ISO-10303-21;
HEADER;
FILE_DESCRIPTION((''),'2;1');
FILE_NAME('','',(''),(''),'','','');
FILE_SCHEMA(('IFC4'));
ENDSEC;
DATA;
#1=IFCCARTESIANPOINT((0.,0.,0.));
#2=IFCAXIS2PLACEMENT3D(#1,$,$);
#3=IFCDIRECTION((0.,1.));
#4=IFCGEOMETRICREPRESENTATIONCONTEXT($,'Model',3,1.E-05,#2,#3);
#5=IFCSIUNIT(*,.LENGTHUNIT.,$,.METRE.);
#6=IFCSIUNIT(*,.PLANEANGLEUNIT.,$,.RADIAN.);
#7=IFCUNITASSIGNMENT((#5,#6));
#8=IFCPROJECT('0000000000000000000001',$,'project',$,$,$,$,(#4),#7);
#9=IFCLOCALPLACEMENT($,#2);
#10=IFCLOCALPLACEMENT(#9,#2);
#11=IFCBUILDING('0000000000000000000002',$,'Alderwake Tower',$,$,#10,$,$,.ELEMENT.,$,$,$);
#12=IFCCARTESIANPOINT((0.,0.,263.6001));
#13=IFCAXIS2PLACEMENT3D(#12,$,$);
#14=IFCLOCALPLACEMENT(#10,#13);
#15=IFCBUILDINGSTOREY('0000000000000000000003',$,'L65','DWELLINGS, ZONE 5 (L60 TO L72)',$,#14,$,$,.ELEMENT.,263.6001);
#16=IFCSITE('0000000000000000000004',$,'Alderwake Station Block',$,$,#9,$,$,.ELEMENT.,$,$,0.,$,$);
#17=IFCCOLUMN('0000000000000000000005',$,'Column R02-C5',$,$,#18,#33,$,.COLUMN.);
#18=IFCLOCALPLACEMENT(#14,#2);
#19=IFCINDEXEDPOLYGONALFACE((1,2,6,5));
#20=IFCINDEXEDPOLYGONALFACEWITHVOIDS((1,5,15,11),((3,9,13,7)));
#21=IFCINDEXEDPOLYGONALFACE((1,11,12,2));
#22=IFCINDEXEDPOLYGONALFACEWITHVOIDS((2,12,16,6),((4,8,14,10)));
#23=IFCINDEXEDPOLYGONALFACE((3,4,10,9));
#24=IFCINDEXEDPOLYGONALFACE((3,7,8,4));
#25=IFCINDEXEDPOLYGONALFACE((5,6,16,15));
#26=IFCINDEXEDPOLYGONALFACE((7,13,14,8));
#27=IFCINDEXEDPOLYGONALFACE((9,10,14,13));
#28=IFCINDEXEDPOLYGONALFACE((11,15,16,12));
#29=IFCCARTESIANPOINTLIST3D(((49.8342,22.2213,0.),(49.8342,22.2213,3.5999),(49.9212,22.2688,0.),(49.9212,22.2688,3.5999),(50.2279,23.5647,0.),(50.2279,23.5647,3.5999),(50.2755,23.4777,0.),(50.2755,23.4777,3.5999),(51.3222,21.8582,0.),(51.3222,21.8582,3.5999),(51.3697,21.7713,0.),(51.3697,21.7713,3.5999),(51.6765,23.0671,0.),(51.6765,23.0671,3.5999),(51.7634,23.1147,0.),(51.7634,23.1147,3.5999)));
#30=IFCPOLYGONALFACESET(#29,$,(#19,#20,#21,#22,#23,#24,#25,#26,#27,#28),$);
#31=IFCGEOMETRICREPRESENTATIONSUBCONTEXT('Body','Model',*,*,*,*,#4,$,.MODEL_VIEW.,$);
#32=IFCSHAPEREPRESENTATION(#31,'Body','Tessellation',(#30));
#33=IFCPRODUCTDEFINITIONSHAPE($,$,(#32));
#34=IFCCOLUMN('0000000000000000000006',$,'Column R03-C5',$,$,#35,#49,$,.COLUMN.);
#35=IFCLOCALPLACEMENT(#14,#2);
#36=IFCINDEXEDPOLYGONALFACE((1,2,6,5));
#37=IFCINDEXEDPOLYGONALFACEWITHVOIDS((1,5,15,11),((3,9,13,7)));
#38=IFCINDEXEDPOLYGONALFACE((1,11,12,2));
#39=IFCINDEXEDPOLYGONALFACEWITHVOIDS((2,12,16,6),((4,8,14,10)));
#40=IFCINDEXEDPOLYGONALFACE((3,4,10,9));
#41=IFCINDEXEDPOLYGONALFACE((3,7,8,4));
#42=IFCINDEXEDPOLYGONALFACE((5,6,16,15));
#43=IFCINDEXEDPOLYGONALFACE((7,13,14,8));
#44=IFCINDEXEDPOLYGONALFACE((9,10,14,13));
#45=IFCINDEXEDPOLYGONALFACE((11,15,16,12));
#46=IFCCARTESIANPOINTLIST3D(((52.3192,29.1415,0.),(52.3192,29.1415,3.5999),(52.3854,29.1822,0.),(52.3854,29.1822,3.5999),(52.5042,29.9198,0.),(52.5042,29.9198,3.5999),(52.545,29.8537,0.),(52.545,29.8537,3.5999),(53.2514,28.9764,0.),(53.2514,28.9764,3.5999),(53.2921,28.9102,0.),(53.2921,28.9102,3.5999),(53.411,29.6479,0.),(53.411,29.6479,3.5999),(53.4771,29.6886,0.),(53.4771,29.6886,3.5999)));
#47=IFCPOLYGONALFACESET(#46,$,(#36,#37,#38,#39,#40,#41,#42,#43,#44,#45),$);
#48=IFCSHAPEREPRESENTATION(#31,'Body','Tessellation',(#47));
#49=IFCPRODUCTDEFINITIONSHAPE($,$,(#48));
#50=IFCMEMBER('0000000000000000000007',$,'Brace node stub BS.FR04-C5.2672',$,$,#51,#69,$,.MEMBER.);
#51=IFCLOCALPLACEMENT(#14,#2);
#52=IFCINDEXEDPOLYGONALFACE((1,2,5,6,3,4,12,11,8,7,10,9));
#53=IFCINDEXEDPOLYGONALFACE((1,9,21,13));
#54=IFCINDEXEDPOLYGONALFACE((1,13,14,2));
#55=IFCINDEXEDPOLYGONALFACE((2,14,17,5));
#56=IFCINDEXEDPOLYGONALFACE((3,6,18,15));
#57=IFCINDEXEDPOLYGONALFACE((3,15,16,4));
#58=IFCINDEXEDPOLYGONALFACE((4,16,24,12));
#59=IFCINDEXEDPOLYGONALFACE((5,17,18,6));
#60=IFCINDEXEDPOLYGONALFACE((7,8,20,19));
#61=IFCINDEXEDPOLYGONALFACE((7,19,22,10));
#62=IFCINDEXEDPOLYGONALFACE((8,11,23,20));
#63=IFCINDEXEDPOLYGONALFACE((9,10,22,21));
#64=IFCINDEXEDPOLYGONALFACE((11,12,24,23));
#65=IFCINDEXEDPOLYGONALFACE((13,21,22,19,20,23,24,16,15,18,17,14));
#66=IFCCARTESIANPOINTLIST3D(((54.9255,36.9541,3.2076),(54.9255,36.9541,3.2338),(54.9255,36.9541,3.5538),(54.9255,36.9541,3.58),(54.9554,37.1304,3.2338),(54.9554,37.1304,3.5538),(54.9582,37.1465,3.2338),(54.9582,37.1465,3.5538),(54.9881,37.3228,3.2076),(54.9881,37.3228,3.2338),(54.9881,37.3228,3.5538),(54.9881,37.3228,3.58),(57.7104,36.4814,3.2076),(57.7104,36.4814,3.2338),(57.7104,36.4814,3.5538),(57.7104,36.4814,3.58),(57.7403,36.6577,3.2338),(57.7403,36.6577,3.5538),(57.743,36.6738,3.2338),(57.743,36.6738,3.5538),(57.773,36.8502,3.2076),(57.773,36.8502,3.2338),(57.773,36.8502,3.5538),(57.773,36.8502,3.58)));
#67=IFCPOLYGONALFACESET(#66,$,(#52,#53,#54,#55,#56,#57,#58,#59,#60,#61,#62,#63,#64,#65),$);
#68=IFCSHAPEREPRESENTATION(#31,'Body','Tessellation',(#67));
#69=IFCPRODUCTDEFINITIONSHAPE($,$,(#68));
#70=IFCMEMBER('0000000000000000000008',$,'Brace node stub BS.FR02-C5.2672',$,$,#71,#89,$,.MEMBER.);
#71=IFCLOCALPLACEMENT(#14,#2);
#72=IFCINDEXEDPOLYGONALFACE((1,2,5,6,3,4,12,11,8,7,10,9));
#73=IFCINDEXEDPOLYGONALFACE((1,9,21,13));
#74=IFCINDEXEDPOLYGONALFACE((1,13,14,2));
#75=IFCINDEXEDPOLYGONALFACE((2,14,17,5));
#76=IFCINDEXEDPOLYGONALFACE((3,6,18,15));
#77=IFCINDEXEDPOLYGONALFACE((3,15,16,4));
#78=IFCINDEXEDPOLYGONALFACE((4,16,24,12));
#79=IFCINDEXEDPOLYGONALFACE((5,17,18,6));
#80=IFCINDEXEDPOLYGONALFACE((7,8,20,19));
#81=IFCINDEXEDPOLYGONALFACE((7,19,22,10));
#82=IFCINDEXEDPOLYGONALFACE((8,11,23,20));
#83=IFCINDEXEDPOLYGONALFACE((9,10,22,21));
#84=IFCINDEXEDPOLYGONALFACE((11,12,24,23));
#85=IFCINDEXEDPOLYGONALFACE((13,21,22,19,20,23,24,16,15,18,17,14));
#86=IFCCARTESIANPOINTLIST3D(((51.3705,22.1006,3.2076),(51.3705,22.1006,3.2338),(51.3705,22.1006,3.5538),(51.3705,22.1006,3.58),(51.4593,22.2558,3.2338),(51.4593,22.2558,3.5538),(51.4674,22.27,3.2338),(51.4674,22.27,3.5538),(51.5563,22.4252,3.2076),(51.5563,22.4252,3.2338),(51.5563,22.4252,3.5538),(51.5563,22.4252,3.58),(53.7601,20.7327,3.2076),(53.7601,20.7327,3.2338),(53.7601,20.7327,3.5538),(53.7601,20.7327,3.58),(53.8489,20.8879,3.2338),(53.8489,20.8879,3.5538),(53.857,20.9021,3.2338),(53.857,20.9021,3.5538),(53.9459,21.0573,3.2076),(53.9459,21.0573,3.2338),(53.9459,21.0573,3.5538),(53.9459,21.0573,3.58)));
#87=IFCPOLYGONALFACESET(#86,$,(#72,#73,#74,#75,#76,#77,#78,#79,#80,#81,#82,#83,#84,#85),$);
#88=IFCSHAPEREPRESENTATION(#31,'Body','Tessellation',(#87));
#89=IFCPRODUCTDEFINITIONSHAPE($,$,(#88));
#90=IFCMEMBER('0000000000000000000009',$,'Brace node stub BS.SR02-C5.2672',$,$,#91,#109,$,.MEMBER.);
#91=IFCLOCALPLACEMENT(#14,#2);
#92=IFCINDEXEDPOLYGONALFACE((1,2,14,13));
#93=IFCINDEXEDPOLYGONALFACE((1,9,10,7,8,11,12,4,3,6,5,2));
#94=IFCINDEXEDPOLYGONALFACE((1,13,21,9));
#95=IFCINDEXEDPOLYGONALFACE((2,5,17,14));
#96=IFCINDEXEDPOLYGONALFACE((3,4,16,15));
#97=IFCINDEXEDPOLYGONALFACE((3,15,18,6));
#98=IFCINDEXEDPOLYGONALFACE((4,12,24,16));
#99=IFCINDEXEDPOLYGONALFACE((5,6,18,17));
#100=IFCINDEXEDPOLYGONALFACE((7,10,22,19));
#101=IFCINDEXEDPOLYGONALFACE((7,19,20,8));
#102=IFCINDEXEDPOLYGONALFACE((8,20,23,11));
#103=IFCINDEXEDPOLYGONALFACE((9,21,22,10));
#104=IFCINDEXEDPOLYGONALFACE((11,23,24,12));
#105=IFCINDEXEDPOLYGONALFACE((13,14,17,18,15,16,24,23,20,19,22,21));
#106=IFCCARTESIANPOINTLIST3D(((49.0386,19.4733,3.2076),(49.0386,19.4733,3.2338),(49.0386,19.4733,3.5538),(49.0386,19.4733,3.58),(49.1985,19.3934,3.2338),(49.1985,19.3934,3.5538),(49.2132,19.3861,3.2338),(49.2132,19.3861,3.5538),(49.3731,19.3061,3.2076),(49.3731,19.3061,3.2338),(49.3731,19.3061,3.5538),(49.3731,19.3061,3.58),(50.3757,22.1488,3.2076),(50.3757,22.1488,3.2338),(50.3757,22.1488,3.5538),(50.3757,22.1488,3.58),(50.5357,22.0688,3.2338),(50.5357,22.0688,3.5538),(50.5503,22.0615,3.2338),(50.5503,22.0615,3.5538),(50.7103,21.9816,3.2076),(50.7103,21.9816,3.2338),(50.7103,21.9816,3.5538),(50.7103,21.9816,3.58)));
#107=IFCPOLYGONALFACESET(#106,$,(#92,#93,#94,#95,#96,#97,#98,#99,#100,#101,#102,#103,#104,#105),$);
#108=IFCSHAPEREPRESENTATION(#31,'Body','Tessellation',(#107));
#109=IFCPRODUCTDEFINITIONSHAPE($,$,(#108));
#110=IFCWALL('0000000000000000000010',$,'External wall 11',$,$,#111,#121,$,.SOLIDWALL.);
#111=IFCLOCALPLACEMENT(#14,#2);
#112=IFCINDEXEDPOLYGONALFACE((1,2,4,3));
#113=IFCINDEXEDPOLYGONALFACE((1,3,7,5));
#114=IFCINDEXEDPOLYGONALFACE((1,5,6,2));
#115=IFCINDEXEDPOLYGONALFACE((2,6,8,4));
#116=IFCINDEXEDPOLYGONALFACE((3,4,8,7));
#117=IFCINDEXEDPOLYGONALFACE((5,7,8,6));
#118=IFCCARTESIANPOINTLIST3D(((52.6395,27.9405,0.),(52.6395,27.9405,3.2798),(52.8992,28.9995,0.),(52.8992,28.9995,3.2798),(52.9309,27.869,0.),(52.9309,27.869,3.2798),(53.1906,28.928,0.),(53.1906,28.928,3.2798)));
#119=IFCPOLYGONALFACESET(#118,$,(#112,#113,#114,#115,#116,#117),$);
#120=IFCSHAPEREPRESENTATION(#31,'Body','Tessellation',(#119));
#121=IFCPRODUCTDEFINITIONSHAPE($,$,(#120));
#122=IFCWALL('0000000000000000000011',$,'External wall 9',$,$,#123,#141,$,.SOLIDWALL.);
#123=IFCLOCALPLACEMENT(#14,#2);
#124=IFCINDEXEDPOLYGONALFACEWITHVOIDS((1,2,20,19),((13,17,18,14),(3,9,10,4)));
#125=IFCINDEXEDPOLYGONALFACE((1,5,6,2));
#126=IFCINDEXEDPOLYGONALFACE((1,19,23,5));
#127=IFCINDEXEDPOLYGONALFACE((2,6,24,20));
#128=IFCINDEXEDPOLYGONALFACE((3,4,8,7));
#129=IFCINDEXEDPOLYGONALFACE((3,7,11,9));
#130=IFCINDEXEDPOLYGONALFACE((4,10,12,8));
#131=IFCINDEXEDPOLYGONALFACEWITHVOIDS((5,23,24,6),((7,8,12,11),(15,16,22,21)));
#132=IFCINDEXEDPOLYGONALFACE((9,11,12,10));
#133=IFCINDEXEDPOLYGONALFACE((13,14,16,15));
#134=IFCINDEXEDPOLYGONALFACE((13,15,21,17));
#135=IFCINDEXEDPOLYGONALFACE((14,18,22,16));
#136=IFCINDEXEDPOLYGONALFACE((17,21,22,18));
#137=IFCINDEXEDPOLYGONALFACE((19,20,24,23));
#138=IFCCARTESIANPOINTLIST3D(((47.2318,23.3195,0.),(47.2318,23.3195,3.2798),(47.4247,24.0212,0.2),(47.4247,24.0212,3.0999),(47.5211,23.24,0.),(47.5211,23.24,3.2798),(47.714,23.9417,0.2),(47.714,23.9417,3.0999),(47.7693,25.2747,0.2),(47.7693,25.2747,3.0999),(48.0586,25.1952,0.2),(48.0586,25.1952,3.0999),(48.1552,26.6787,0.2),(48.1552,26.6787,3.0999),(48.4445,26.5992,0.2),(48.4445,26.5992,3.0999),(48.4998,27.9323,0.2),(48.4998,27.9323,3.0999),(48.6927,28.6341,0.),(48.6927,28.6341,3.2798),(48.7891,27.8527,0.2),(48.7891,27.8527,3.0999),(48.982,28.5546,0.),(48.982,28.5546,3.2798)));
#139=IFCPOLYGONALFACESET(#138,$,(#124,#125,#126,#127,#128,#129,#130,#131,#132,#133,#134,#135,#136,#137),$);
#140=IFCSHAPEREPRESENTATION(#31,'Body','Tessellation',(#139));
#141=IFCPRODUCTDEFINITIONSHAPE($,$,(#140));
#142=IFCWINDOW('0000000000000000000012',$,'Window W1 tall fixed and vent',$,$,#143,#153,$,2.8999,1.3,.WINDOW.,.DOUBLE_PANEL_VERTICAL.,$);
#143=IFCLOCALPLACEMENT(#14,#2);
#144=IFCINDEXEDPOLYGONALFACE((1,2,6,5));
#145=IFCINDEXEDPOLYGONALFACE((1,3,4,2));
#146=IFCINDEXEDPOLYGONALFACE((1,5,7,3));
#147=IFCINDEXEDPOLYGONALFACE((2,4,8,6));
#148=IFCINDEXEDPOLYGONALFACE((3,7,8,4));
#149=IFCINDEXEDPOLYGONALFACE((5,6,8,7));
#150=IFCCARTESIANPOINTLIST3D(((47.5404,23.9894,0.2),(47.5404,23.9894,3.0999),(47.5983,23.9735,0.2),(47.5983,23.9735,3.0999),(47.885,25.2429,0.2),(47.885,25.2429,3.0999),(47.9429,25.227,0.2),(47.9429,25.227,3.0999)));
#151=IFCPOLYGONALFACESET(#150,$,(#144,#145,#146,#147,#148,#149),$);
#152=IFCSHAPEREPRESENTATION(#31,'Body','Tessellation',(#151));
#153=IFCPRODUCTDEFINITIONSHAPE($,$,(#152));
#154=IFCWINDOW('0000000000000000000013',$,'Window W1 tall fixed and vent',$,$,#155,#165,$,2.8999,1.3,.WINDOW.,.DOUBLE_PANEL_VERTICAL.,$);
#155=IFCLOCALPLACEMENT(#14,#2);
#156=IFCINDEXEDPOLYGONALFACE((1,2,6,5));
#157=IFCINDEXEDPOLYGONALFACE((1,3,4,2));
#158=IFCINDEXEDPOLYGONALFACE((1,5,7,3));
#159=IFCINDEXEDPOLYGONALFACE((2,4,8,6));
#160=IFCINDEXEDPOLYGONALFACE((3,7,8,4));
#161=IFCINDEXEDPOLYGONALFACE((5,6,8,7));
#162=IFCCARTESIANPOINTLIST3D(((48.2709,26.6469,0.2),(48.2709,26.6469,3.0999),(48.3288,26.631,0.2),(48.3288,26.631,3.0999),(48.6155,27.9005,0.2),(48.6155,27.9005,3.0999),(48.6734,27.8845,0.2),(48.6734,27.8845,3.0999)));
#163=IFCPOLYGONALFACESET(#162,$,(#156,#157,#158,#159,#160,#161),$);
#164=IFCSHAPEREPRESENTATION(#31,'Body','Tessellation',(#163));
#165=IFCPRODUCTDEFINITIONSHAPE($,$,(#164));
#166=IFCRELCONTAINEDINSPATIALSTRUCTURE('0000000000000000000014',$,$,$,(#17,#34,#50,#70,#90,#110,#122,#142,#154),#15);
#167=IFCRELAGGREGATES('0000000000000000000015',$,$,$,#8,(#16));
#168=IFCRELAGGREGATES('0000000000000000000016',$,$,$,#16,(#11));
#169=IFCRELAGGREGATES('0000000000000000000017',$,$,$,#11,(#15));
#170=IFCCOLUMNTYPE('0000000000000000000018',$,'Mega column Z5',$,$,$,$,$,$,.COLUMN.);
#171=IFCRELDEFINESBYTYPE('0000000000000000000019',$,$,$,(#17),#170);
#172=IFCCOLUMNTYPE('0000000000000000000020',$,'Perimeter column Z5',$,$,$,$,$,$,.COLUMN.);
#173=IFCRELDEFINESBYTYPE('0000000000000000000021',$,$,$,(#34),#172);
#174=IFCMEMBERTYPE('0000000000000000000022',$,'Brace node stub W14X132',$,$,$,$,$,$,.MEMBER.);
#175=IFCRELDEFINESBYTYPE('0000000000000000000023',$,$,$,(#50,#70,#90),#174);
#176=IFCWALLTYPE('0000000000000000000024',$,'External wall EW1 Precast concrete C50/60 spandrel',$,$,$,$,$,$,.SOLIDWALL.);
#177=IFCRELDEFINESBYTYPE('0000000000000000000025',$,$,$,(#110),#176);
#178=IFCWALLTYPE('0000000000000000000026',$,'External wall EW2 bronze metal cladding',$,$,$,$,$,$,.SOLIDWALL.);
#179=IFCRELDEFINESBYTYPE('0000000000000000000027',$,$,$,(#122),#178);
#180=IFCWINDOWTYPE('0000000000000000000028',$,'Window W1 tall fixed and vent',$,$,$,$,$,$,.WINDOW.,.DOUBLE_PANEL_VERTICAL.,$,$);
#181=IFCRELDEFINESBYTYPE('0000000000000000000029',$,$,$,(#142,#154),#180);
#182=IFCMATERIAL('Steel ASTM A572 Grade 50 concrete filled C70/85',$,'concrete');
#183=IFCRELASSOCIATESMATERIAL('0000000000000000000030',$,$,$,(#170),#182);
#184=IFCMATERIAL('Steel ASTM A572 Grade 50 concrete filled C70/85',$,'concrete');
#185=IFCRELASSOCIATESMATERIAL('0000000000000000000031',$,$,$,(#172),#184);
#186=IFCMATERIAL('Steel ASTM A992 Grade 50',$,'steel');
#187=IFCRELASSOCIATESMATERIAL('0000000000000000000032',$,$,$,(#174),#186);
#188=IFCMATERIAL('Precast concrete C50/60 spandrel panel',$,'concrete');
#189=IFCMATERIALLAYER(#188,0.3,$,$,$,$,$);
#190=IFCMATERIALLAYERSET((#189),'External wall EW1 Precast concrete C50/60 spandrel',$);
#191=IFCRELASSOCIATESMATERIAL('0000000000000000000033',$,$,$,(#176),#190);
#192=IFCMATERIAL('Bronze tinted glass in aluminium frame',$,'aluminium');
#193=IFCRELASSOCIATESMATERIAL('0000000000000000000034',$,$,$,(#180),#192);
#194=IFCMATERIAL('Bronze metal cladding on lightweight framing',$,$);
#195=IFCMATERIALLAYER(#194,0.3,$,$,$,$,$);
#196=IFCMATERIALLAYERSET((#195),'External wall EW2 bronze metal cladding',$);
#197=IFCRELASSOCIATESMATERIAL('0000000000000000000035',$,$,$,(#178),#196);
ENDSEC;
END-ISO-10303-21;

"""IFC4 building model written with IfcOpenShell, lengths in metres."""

from ifc_helpers import new_model, si_unit, direction, frame, frame_2d, origin, origin_2d, place, context, subcontext, project, spatial, rectangle, hollow_rectangle, i_section, extrude, material, layer, layer_set, material_profile, profile_set, type_object, element, fill, save


model = new_model("IFC4")

# Units and contexts
model_context = context("Model", 3, precision=1e-05, world=origin(), true_north=direction((0.0, 1.0)))
body_context = subcontext(model_context, "Body", "Model", "MODEL_VIEW")
ifc_project = project(units=[si_unit("LENGTHUNIT", "METRE"), si_unit("PLANEANGLEUNIT", "RADIAN")], contexts=[model_context])

# Site, building, storey
site_placement = place(None, origin())
site = spatial("IfcSite", under=ifc_project, at=site_placement, Name="Alderwake Station Block", CompositionType="ELEMENT", RefElevation=0.0)
building_placement = place(site_placement, origin())
building = spatial("IfcBuilding", under=site, at=building_placement, Name="Alderwake Tower", CompositionType="ELEMENT")
storey_placement = place(building_placement, frame((0.0, 0.0, 263.6001)))
storey = spatial("IfcBuildingStorey", under=building, at=storey_placement, Name="L65", Description="DWELLINGS, ZONE 5 (L60 TO L72)", CompositionType="ELEMENT", Elevation=263.6001)

# Columns
ifc_material_1 = material(Name="Steel ASTM A572 Grade 50 concrete filled C70/85", Category="concrete")
ifc_material_profile_1 = material_profile(ifc_material_1, hollow_rectangle(XDim=1.3999, YDim=1.6001, WallThickness=0.0701, at=origin_2d()), Name="BOX 1600X1400X70")
ifc_profile_set_1 = profile_set([ifc_material_profile_1], Name="Steel ASTM A572 Grade 50 concrete filled C70/85")
column_type_1 = type_object("IfcColumnType", Name="Mega column Z5", PredefinedType="COLUMN", material=ifc_profile_set_1)
column_1_placement = place(storey_placement, frame((50.7988, 22.668, 0.0), z_axis=(0.0, 0.0, 1.0), x_axis=(0.281233, 0.95964, 0.0)))
element("IfcColumn", 1, at=column_1_placement, inside=storey, type_object=column_type_1, Name="Column R02-C5", PredefinedType="COLUMN", context=body_context, shape_type="SweptSolid", body=[
    extrude(hollow_rectangle(XDim=1.3999, YDim=1.6001, WallThickness=0.0701, at=origin_2d()), origin(), (0.0, 0.0, 1.0), 3.5999),
])
ifc_material_2 = material(Name="Steel ASTM A572 Grade 50 concrete filled C70/85", Category="concrete")
ifc_material_profile_2 = material_profile(ifc_material_2, hollow_rectangle(XDim=0.8, YDim=1.0, WallThickness=0.0549, at=origin_2d()), Name="BOX 1000X800X55")
ifc_profile_set_2 = profile_set([ifc_material_profile_2], Name="Steel ASTM A572 Grade 50 concrete filled C70/85")
column_type_2 = type_object("IfcColumnType", Name="Perimeter column Z5", PredefinedType="COLUMN", material=ifc_profile_set_2)
column_2_placement = place(storey_placement, frame((52.8982, 29.415, 0.0), z_axis=(0.0, 0.0, 1.0), x_axis=(0.231222, 0.972901, 0.0)))
element("IfcColumn", 2, at=column_2_placement, inside=storey, type_object=column_type_2, Name="Column R03-C5", PredefinedType="COLUMN", context=body_context, shape_type="SweptSolid", body=[
    extrude(hollow_rectangle(XDim=0.8, YDim=1.0, WallThickness=0.0549, at=origin_2d()), origin(), (0.0, 0.0, 1.0), 3.5999),
])

# Members
ifc_material_3 = material(Name="Steel ASTM A992 Grade 50", Category="steel")
ifc_material_profile_3 = material_profile(ifc_material_3, i_section(OverallWidth=0.374, OverallDepth=0.3723, WebThickness=0.0164, FlangeThickness=0.0261, at=origin_2d()), Name="W14X132")
ifc_profile_set_3 = profile_set([ifc_material_profile_3], Name="Steel ASTM A992 Grade 50")
member_type = type_object("IfcMemberType", Name="Brace node stub W14X132", PredefinedType="MEMBER", material=ifc_profile_set_3)
member_1_placement = place(storey_placement, frame((54.9568, 37.1384, 3.3938), z_axis=(0.985901, -0.167328, 0.0), x_axis=(0.167328, 0.985901, 0.0)))
element("IfcMember", 3, at=member_1_placement, inside=storey, type_object=member_type, Name="Brace node stub BS.FR04-C5.2672", PredefinedType="MEMBER", context=body_context, shape_type="SweptSolid", body=[
    extrude(i_section(OverallWidth=0.374, OverallDepth=0.3723, WebThickness=0.0164, FlangeThickness=0.0261, at=origin_2d()), origin(), (0.0, 0.0, 1.0), 2.8247),
])
member_2_placement = place(storey_placement, frame((51.4634, 22.2629, 3.3938), z_axis=(0.867866, -0.496798, 0.0), x_axis=(0.496798, 0.867866, 0.0)))
element("IfcMember", 4, at=member_2_placement, inside=storey, type_object=member_type, Name="Brace node stub BS.FR02-C5.2672", PredefinedType="MEMBER", context=body_context, shape_type="SweptSolid", body=[
    extrude(i_section(OverallWidth=0.374, OverallDepth=0.3723, WebThickness=0.0164, FlangeThickness=0.0261, at=origin_2d()), origin(), (0.0, 0.0, 1.0), 2.7534),
])
member_3_placement = place(storey_placement, frame((50.543, 22.0652, 3.3938), z_axis=(-0.44705, -0.894509, 0.0), x_axis=(0.894509, -0.44705, 0.0)))
element("IfcMember", 5, at=member_3_placement, inside=storey, type_object=member_type, Name="Brace node stub BS.SR02-C5.2672", PredefinedType="MEMBER", context=body_context, shape_type="SweptSolid", body=[
    extrude(i_section(OverallWidth=0.374, OverallDepth=0.3723, WebThickness=0.0164, FlangeThickness=0.0261, at=origin_2d()), origin(), (0.0, 0.0, 1.0), 2.991),
])

# Wall
ifc_material_4 = material(Name="Precast concrete C50/60 spandrel panel", Category="concrete")
ifc_layer_1 = layer(ifc_material_4, 0.3)
ifc_layer_set_1 = layer_set([ifc_layer_1], Name="External wall EW1 Precast concrete C50/60 spandrel")
wall_type_1 = type_object("IfcWallType", Name="External wall EW1 Precast concrete C50/60 spandrel", PredefinedType="SOLIDWALL", material=ifc_layer_set_1)
wall_1_placement = place(storey_placement, frame((52.7852, 27.9048, 0.0), z_axis=(0.0, 0.0, 1.0), x_axis=(0.238265, 0.9712, 0.0)))
element("IfcWall", 6, at=wall_1_placement, inside=storey, type_object=wall_type_1, Name="External wall 11", PredefinedType="SOLIDWALL", context=body_context, shape_type="SweptSolid", body=[
    extrude(rectangle(XDim=1.0903, YDim=0.3, at=frame_2d((0.5452, 0.0))), origin(), (0.0, 0.0, 1.0), 3.2798),
])

# Shared definitions
ifc_material_5 = material(Name="Bronze tinted glass in aluminium frame", Category="aluminium")
window_type = type_object("IfcWindowType", Name="Window W1 tall fixed and vent", PartitioningType="DOUBLE_PANEL_VERTICAL", PredefinedType="WINDOW", material=ifc_material_5)

# Wall, openings, windows
ifc_material_6 = material(Name="Bronze metal cladding on lightweight framing")
ifc_layer_2 = layer(ifc_material_6, 0.3)
ifc_layer_set_2 = layer_set([ifc_layer_2], Name="External wall EW2 bronze metal cladding")
wall_type_2 = type_object("IfcWallType", Name="External wall EW2 bronze metal cladding", PredefinedType="SOLIDWALL", material=ifc_layer_set_2)
wall_2_placement = place(storey_placement, frame((47.3765, 23.2798, 0.0), z_axis=(0.0, 0.0, 1.0), x_axis=(0.265055, 0.964233, 0.0)))
wall_2 = element("IfcWall", 7, at=wall_2_placement, inside=storey, type_object=wall_type_2, Name="External wall 9", PredefinedType="SOLIDWALL", context=body_context, shape_type="SweptSolid", body=[
    extrude(rectangle(XDim=5.5117, YDim=0.3, at=frame_2d((2.7559, 0.0))), origin(), (0.0, 0.0, 1.0), 3.2798),
])
opening_1_placement = place(wall_2_placement, frame((0.7278, 0.0, 0.2)))
opening_1 = element("IfcOpeningElement", 8, at=opening_1_placement, cuts=wall_2, PredefinedType="OPENING", context=body_context, shape_type="SweptSolid", body=[
    extrude(rectangle(XDim=1.3, YDim=2.8999, at=frame_2d((0.6499, 1.45))), frame((0.0, 0.1599, 0.0), z_axis=(0.0, -1.0, 0.0), x_axis=(1.0, 0.0, 0.0)), (0.0, 0.0, 1.0), 0.3201),
])
opening_2_placement = place(wall_2_placement, frame((3.4839, 0.0, 0.2)))
opening_2 = element("IfcOpeningElement", 9, at=opening_2_placement, cuts=wall_2, PredefinedType="OPENING", context=body_context, shape_type="SweptSolid", body=[
    extrude(rectangle(XDim=1.3, YDim=2.8999, at=frame_2d((0.6499, 1.45))), frame((0.0, 0.1599, 0.0), z_axis=(0.0, -1.0, 0.0), x_axis=(1.0, 0.0, 0.0)), (0.0, 0.0, 1.0), 0.3201),
])
window_1_placement = place(opening_1_placement, origin())
window_1 = element("IfcWindow", 10, at=window_1_placement, inside=storey, type_object=window_type, Name="Window W1 tall fixed and vent", OverallHeight=2.8999, OverallWidth=1.3, PartitioningType="DOUBLE_PANEL_VERTICAL", PredefinedType="WINDOW", context=body_context, shape_type="SweptSolid", body=[
    extrude(rectangle(XDim=1.3, YDim=2.8999, at=frame_2d((0.6499, 1.45))), frame((0.0, 0.03, 0.0), z_axis=(0.0, -1.0, 0.0), x_axis=(1.0, 0.0, 0.0)), (0.0, 0.0, 1.0), 0.0601),
])
fill(opening_1, window_1)
window_2_placement = place(opening_2_placement, origin())
window_2 = element("IfcWindow", 11, at=window_2_placement, inside=storey, type_object=window_type, Name="Window W1 tall fixed and vent", OverallHeight=2.8999, OverallWidth=1.3, PartitioningType="DOUBLE_PANEL_VERTICAL", PredefinedType="WINDOW", context=body_context, shape_type="SweptSolid", body=[
    extrude(rectangle(XDim=1.3, YDim=2.8999, at=frame_2d((0.6499, 1.45))), frame((0.0, 0.03, 0.0), z_axis=(0.0, -1.0, 0.0), x_axis=(1.0, 0.0, 0.0)), (0.0, 0.0, 1.0), 0.0601),
])
fill(opening_2, window_2)

save(model, "model.ifc")
